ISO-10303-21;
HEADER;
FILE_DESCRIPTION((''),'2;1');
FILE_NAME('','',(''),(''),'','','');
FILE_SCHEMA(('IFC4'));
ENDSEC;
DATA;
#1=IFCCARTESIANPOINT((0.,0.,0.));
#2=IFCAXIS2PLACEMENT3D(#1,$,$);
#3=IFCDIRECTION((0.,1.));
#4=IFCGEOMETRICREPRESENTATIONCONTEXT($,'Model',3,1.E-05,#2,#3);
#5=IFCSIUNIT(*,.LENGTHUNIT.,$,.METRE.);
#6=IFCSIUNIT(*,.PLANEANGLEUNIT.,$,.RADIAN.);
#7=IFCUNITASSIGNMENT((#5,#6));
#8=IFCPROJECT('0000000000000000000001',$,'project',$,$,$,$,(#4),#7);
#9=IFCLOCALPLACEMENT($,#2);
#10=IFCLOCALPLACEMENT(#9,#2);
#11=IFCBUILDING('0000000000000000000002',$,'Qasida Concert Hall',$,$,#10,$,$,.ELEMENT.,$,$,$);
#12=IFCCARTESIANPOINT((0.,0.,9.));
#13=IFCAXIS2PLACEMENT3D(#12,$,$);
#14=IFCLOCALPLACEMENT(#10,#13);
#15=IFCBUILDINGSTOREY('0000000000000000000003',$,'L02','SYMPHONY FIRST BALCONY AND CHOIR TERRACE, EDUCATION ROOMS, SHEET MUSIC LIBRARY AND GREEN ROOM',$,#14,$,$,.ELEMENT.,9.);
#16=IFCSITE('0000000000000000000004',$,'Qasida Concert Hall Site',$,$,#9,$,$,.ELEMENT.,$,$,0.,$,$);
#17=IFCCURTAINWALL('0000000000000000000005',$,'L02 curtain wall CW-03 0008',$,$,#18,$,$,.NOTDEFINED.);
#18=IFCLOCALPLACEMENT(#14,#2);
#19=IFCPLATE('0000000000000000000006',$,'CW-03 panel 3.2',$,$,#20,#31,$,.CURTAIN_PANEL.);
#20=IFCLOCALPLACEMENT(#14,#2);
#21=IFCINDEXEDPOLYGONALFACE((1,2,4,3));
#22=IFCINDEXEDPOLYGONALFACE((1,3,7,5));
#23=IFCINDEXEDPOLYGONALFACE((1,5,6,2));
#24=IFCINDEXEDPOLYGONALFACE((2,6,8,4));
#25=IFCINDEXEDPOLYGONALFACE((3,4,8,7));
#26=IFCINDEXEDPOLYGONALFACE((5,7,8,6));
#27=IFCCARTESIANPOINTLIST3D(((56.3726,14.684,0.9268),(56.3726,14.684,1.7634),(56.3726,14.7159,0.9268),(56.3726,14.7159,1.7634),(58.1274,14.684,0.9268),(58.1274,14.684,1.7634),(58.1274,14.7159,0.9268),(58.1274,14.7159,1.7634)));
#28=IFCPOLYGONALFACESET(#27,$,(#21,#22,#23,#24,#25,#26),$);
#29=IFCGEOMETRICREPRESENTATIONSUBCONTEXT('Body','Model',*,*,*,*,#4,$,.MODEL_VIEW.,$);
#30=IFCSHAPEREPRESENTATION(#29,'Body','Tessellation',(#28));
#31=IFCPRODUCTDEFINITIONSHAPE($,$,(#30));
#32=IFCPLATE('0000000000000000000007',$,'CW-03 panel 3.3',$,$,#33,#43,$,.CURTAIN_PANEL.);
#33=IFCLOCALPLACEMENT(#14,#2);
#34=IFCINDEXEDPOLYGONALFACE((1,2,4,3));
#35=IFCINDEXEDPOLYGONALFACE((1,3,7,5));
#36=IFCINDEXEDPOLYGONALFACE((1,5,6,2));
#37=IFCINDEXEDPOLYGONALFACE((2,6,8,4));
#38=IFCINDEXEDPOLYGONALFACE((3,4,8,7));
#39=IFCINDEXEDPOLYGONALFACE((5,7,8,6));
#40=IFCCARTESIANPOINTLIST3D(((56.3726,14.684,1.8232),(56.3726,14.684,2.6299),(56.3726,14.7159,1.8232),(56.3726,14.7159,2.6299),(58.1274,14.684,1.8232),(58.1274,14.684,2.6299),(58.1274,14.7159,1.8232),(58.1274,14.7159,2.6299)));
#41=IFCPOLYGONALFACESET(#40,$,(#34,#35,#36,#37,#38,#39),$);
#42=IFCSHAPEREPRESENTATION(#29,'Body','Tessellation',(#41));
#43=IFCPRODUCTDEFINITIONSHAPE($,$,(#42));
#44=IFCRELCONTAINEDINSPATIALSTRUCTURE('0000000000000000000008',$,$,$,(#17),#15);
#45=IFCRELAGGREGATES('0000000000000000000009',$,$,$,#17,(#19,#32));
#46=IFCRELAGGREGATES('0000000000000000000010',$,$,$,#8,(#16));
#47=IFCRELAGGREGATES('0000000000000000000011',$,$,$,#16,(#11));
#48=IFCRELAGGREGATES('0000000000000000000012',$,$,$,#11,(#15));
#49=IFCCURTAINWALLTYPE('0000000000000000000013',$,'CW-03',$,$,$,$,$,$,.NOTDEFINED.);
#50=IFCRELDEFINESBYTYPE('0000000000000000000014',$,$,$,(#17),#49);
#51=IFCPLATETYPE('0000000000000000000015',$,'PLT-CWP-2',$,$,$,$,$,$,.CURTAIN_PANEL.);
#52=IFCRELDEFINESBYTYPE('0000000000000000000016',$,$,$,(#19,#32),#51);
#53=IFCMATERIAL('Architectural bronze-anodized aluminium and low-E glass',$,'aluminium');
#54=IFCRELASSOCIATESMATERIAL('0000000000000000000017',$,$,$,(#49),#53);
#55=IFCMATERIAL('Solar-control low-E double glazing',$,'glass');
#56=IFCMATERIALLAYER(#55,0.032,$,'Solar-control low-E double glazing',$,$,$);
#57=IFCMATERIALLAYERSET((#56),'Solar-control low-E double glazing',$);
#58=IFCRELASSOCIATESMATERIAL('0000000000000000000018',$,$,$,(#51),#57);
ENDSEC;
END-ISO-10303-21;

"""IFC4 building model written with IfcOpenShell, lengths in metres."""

from ifc_helpers import new_model, si_unit, direction, frame, origin, origin_2d, place, context, subcontext, project, spatial, rectangle, extrude, material, layer, layer_set, type_object, element, aggregate, save


model = new_model("IFC4")

# Units and contexts
model_context = context("Model", 3, precision=1e-05, world=origin(), true_north=direction((0.0, 1.0)))
body_context = subcontext(model_context, "Body", "Model", "MODEL_VIEW")
ifc_project = project(units=[si_unit("LENGTHUNIT", "METRE"), si_unit("PLANEANGLEUNIT", "RADIAN")], contexts=[model_context])

# Site, building, storey
site_placement = place(None, origin())
site = spatial("IfcSite", under=ifc_project, at=site_placement, Name="Qasida Concert Hall Site", CompositionType="ELEMENT", RefElevation=0.0)
building_placement = place(site_placement, origin())
building = spatial("IfcBuilding", under=site, at=building_placement, Name="Qasida Concert Hall", CompositionType="ELEMENT")
storey_placement = place(building_placement, frame((0.0, 0.0, 9.0)))
storey = spatial("IfcBuildingStorey", under=building, at=storey_placement, Name="L02", Description="SYMPHONY FIRST BALCONY AND CHOIR TERRACE, EDUCATION ROOMS, SHEET MUSIC LIBRARY AND GREEN ROOM", CompositionType="ELEMENT", Elevation=9.0)

# Curtain wall, plates
ifc_material_1 = material(Name="Architectural bronze-anodized aluminium and low-E glass", Category="aluminium")
curtain_wall_type = type_object("IfcCurtainWallType", Name="CW-03", PredefinedType="NOTDEFINED", material=ifc_material_1)
curtain_wall_placement = place(storey_placement, origin())
curtain_wall = element("IfcCurtainWall", 1, at=curtain_wall_placement, inside=storey, type_object=curtain_wall_type, Name="L02 curtain wall CW-03 0008", PredefinedType="NOTDEFINED")
ifc_material_2 = material(Name="Solar-control low-E double glazing", Category="glass")
ifc_layer_1 = layer(ifc_material_2, 0.032, Name="Solar-control low-E double glazing")
ifc_layer_set_1 = layer_set([ifc_layer_1], Name="Solar-control low-E double glazing")
plate_type = type_object("IfcPlateType", Name="PLT-CWP-2", PredefinedType="CURTAIN_PANEL", material=ifc_layer_set_1)
plate_1_placement = place(storey_placement, frame((57.25, 14.7, 0.9268), z_axis=(0.0, 0.0, 1.0), x_axis=(1.0, 0.0, 0.0)))
plate_1 = element("IfcPlate", 2, at=plate_1_placement, type_object=plate_type, Name="CW-03 panel 3.2", PredefinedType="CURTAIN_PANEL", context=body_context, shape_type="SweptSolid", body=[
    extrude(rectangle(XDim=1.7549, YDim=0.032, at=origin_2d()), origin(), (0.0, 0.0, 1.0), 0.8367),
])
plate_2_placement = place(storey_placement, frame((57.25, 14.7, 1.8232), z_axis=(0.0, 0.0, 1.0), x_axis=(1.0, 0.0, 0.0)))
plate_2 = element("IfcPlate", 3, at=plate_2_placement, type_object=plate_type, Name="CW-03 panel 3.3", PredefinedType="CURTAIN_PANEL", context=body_context, shape_type="SweptSolid", body=[
    extrude(rectangle(XDim=1.7549, YDim=0.032, at=origin_2d()), origin(), (0.0, 0.0, 1.0), 0.8066),
])
aggregate(curtain_wall, [plate_1, plate_2])

save(model, "model.ifc")
